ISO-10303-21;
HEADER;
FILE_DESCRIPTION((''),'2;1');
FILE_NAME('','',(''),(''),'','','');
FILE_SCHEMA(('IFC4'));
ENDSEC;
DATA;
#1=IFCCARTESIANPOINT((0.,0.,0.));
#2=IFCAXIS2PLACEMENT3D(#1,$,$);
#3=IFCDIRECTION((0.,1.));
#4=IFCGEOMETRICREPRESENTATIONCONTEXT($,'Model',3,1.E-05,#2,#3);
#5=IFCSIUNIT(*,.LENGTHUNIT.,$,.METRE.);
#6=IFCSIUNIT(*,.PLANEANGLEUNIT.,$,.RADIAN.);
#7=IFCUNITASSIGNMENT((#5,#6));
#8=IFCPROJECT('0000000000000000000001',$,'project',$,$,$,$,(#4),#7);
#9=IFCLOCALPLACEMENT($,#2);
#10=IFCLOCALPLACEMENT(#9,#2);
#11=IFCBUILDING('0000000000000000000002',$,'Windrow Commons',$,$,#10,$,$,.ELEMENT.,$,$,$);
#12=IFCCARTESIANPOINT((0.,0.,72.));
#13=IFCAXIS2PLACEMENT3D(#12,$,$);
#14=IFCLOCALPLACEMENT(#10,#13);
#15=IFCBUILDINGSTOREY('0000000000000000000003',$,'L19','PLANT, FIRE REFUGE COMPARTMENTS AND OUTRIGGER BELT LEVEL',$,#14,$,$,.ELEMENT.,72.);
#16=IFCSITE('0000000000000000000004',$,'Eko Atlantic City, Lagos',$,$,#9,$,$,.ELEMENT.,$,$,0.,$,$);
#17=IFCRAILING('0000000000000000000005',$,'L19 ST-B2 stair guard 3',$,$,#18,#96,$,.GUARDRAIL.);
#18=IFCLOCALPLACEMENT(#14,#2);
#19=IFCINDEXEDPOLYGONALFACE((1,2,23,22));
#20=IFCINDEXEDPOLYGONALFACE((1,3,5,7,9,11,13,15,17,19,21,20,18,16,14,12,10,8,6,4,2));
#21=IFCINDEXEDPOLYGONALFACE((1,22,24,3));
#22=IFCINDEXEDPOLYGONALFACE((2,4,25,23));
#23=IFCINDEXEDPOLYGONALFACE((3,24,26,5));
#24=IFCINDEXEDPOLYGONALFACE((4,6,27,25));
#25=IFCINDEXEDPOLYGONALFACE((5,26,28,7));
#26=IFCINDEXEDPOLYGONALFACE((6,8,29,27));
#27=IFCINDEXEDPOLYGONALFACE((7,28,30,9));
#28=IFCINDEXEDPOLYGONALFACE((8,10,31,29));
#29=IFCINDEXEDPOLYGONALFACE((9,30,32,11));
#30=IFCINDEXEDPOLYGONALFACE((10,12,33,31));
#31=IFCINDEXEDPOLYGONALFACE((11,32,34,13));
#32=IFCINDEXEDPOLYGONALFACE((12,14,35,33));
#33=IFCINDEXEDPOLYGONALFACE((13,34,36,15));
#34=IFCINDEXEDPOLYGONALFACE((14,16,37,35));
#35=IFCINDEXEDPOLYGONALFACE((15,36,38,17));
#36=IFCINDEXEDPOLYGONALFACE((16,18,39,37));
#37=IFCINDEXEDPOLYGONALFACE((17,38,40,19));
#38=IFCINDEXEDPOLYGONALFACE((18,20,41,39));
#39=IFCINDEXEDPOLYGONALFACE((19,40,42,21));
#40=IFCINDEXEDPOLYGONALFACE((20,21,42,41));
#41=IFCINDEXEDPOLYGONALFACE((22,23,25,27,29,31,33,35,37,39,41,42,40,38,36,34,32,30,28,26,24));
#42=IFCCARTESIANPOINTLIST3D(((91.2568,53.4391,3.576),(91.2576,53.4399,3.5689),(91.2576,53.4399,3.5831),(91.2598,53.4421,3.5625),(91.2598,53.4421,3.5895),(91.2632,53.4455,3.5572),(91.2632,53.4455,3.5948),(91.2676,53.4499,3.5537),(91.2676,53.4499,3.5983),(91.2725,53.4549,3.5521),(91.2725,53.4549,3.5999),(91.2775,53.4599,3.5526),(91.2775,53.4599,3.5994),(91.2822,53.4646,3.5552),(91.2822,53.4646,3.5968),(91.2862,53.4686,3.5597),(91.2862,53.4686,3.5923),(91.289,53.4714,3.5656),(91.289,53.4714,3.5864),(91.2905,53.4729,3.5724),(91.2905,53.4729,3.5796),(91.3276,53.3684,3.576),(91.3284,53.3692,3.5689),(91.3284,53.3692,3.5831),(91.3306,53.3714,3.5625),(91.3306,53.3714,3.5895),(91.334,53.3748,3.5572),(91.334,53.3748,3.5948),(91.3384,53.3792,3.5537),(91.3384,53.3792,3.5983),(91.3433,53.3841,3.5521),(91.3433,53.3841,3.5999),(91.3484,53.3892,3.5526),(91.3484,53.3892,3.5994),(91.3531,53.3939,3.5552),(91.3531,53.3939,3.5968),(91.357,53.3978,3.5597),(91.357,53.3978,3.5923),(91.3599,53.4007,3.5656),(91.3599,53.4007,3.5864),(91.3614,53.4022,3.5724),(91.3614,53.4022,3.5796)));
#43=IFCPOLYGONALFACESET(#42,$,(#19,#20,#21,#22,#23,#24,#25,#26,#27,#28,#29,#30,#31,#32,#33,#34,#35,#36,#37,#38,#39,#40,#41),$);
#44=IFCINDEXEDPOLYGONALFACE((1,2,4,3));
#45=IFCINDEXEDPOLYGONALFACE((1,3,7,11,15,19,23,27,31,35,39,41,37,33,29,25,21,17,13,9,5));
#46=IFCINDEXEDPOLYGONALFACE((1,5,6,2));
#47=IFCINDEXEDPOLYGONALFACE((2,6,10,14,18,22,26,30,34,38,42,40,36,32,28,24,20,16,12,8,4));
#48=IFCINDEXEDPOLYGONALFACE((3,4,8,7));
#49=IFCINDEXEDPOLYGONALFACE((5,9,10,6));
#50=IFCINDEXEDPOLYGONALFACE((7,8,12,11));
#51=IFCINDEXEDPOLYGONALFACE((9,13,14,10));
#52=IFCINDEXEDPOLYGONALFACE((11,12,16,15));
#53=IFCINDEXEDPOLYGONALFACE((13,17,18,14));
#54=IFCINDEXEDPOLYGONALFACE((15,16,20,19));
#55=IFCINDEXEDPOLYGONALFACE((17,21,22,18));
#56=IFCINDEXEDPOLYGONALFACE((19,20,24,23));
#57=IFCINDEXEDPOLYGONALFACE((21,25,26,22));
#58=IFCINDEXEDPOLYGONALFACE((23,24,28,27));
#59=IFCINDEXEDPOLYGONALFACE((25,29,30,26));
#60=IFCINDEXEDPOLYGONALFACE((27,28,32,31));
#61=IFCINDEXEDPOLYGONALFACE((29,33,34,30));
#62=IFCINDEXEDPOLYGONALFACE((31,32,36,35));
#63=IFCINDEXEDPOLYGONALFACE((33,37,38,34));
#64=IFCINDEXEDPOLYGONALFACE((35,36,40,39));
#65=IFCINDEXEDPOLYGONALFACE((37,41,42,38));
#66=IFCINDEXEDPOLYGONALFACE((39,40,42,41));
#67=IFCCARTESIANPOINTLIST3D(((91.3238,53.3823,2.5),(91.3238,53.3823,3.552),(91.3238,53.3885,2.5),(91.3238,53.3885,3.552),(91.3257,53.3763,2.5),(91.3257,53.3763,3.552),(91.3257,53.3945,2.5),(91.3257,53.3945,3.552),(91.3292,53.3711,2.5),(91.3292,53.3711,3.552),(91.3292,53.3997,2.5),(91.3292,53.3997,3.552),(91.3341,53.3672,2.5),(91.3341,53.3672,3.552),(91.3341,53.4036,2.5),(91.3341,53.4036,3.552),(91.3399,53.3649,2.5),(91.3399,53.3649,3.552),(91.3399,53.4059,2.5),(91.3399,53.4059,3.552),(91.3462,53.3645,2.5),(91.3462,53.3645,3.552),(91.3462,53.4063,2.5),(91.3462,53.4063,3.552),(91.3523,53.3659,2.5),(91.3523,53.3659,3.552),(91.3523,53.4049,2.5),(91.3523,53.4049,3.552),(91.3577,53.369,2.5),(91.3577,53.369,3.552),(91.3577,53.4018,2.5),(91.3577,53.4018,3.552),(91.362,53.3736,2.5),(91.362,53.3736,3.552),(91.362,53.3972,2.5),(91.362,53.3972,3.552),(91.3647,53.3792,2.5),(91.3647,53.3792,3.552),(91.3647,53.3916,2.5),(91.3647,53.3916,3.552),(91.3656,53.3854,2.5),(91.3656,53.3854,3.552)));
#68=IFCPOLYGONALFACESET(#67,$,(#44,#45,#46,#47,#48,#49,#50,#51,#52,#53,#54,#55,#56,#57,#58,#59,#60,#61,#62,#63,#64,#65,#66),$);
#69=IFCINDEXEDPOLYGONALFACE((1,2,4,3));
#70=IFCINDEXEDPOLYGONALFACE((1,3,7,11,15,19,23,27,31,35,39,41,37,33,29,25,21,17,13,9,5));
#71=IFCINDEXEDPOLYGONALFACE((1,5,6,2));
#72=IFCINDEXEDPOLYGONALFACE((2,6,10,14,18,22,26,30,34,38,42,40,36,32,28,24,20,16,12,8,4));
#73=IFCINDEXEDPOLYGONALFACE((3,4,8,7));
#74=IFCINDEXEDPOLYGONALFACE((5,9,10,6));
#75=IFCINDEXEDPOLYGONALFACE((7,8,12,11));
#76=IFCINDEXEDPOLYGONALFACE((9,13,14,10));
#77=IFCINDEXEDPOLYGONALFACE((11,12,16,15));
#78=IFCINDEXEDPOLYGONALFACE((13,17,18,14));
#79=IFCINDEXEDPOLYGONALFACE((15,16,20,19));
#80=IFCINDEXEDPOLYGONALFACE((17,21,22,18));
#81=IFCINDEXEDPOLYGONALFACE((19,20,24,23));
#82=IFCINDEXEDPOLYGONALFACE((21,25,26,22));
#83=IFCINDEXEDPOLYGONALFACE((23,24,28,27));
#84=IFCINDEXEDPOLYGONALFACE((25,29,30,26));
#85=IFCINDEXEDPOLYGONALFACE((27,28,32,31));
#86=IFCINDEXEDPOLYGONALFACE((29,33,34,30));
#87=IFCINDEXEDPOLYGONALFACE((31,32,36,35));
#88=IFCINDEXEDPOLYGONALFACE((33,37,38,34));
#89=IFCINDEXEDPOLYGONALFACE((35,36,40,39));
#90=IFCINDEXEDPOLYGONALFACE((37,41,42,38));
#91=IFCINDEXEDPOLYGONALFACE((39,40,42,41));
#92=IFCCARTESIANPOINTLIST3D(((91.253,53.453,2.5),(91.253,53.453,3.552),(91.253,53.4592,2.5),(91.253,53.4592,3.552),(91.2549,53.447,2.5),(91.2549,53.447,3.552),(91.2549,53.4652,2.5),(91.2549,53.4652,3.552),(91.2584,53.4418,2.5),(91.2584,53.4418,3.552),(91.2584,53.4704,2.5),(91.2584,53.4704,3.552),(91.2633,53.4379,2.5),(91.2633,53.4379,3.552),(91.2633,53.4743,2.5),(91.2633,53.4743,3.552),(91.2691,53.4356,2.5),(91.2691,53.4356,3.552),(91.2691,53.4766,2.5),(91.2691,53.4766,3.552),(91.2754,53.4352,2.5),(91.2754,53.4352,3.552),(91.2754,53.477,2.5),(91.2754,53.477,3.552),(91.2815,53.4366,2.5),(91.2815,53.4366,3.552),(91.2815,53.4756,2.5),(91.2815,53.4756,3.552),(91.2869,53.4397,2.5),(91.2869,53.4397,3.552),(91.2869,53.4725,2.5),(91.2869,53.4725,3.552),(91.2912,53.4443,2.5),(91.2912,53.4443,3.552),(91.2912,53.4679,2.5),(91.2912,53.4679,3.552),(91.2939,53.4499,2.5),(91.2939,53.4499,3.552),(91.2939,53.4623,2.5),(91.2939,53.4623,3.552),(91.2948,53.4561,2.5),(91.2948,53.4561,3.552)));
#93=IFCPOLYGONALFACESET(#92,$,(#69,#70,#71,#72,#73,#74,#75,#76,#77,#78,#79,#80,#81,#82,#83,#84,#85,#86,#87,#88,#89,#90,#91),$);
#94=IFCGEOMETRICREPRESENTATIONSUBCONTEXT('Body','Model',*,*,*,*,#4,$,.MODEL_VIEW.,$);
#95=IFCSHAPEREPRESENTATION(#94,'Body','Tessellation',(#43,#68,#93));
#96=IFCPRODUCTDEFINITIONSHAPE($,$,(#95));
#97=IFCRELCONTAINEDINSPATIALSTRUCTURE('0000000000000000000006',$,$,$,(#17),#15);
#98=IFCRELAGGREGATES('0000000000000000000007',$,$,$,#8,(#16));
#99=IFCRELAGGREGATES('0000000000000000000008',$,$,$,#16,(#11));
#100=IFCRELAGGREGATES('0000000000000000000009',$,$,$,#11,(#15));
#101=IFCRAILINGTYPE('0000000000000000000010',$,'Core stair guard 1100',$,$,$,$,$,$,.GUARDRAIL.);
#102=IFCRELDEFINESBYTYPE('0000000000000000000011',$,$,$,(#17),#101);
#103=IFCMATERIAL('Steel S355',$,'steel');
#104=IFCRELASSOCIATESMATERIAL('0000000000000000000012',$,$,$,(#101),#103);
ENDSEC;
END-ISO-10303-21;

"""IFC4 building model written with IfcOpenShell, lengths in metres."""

from ifc_helpers import new_model, si_unit, direction, frame, origin, origin_2d, place, context, subcontext, project, spatial, circle, extrude, material, type_object, element, save


model = new_model("IFC4")

# Units and contexts
model_context = context("Model", 3, precision=1e-05, world=origin(), true_north=direction((0.0, 1.0)))
body_context = subcontext(model_context, "Body", "Model", "MODEL_VIEW")
ifc_project = project(units=[si_unit("LENGTHUNIT", "METRE"), si_unit("PLANEANGLEUNIT", "RADIAN")], contexts=[model_context])

# Site, building, storey
site_placement = place(None, origin())
site = spatial("IfcSite", under=ifc_project, at=site_placement, Name="Eko Atlantic City, Lagos", CompositionType="ELEMENT", RefElevation=0.0)
building_placement = place(site_placement, origin())
building = spatial("IfcBuilding", under=site, at=building_placement, Name="Windrow Commons", CompositionType="ELEMENT")
storey_placement = place(building_placement, frame((0.0, 0.0, 72.0)))
storey = spatial("IfcBuildingStorey", under=building, at=storey_placement, Name="L19", Description="PLANT, FIRE REFUGE COMPARTMENTS AND OUTRIGGER BELT LEVEL", CompositionType="ELEMENT", Elevation=72.0)

# Railing
ifc_material_1 = material(Name="Steel S355", Category="steel")
railing_type_1 = type_object("IfcRailingType", Name="Core stair guard 1100", PredefinedType="GUARDRAIL", material=ifc_material_1)
railing_1_placement = place(storey_placement, frame((91.3446, 53.3854, 2.5)))
element("IfcRailing", 1, at=railing_1_placement, inside=storey, type_object=railing_type_1, Name="L19 ST-B2 stair guard 3", PredefinedType="GUARDRAIL", context=body_context, shape_type="SweptSolid", body=[
    extrude(circle(Radius=0.024, at=origin_2d()), frame((0.0, 0.0, 1.076), z_axis=(-0.707606, 0.706607, 0.0), x_axis=(-0.706607, -0.707606, 0.0)), (0.0, 0.0, 1.0), 0.1001),
    extrude(circle(Radius=0.021, at=origin_2d()), origin(), (0.0, 0.0, 1.0), 1.052),
    extrude(circle(Radius=0.021, at=origin_2d()), frame((-0.0708, 0.0707, 0.0)), (0.0, 0.0, 1.0), 1.052),
])

save(model, "model.ifc")
